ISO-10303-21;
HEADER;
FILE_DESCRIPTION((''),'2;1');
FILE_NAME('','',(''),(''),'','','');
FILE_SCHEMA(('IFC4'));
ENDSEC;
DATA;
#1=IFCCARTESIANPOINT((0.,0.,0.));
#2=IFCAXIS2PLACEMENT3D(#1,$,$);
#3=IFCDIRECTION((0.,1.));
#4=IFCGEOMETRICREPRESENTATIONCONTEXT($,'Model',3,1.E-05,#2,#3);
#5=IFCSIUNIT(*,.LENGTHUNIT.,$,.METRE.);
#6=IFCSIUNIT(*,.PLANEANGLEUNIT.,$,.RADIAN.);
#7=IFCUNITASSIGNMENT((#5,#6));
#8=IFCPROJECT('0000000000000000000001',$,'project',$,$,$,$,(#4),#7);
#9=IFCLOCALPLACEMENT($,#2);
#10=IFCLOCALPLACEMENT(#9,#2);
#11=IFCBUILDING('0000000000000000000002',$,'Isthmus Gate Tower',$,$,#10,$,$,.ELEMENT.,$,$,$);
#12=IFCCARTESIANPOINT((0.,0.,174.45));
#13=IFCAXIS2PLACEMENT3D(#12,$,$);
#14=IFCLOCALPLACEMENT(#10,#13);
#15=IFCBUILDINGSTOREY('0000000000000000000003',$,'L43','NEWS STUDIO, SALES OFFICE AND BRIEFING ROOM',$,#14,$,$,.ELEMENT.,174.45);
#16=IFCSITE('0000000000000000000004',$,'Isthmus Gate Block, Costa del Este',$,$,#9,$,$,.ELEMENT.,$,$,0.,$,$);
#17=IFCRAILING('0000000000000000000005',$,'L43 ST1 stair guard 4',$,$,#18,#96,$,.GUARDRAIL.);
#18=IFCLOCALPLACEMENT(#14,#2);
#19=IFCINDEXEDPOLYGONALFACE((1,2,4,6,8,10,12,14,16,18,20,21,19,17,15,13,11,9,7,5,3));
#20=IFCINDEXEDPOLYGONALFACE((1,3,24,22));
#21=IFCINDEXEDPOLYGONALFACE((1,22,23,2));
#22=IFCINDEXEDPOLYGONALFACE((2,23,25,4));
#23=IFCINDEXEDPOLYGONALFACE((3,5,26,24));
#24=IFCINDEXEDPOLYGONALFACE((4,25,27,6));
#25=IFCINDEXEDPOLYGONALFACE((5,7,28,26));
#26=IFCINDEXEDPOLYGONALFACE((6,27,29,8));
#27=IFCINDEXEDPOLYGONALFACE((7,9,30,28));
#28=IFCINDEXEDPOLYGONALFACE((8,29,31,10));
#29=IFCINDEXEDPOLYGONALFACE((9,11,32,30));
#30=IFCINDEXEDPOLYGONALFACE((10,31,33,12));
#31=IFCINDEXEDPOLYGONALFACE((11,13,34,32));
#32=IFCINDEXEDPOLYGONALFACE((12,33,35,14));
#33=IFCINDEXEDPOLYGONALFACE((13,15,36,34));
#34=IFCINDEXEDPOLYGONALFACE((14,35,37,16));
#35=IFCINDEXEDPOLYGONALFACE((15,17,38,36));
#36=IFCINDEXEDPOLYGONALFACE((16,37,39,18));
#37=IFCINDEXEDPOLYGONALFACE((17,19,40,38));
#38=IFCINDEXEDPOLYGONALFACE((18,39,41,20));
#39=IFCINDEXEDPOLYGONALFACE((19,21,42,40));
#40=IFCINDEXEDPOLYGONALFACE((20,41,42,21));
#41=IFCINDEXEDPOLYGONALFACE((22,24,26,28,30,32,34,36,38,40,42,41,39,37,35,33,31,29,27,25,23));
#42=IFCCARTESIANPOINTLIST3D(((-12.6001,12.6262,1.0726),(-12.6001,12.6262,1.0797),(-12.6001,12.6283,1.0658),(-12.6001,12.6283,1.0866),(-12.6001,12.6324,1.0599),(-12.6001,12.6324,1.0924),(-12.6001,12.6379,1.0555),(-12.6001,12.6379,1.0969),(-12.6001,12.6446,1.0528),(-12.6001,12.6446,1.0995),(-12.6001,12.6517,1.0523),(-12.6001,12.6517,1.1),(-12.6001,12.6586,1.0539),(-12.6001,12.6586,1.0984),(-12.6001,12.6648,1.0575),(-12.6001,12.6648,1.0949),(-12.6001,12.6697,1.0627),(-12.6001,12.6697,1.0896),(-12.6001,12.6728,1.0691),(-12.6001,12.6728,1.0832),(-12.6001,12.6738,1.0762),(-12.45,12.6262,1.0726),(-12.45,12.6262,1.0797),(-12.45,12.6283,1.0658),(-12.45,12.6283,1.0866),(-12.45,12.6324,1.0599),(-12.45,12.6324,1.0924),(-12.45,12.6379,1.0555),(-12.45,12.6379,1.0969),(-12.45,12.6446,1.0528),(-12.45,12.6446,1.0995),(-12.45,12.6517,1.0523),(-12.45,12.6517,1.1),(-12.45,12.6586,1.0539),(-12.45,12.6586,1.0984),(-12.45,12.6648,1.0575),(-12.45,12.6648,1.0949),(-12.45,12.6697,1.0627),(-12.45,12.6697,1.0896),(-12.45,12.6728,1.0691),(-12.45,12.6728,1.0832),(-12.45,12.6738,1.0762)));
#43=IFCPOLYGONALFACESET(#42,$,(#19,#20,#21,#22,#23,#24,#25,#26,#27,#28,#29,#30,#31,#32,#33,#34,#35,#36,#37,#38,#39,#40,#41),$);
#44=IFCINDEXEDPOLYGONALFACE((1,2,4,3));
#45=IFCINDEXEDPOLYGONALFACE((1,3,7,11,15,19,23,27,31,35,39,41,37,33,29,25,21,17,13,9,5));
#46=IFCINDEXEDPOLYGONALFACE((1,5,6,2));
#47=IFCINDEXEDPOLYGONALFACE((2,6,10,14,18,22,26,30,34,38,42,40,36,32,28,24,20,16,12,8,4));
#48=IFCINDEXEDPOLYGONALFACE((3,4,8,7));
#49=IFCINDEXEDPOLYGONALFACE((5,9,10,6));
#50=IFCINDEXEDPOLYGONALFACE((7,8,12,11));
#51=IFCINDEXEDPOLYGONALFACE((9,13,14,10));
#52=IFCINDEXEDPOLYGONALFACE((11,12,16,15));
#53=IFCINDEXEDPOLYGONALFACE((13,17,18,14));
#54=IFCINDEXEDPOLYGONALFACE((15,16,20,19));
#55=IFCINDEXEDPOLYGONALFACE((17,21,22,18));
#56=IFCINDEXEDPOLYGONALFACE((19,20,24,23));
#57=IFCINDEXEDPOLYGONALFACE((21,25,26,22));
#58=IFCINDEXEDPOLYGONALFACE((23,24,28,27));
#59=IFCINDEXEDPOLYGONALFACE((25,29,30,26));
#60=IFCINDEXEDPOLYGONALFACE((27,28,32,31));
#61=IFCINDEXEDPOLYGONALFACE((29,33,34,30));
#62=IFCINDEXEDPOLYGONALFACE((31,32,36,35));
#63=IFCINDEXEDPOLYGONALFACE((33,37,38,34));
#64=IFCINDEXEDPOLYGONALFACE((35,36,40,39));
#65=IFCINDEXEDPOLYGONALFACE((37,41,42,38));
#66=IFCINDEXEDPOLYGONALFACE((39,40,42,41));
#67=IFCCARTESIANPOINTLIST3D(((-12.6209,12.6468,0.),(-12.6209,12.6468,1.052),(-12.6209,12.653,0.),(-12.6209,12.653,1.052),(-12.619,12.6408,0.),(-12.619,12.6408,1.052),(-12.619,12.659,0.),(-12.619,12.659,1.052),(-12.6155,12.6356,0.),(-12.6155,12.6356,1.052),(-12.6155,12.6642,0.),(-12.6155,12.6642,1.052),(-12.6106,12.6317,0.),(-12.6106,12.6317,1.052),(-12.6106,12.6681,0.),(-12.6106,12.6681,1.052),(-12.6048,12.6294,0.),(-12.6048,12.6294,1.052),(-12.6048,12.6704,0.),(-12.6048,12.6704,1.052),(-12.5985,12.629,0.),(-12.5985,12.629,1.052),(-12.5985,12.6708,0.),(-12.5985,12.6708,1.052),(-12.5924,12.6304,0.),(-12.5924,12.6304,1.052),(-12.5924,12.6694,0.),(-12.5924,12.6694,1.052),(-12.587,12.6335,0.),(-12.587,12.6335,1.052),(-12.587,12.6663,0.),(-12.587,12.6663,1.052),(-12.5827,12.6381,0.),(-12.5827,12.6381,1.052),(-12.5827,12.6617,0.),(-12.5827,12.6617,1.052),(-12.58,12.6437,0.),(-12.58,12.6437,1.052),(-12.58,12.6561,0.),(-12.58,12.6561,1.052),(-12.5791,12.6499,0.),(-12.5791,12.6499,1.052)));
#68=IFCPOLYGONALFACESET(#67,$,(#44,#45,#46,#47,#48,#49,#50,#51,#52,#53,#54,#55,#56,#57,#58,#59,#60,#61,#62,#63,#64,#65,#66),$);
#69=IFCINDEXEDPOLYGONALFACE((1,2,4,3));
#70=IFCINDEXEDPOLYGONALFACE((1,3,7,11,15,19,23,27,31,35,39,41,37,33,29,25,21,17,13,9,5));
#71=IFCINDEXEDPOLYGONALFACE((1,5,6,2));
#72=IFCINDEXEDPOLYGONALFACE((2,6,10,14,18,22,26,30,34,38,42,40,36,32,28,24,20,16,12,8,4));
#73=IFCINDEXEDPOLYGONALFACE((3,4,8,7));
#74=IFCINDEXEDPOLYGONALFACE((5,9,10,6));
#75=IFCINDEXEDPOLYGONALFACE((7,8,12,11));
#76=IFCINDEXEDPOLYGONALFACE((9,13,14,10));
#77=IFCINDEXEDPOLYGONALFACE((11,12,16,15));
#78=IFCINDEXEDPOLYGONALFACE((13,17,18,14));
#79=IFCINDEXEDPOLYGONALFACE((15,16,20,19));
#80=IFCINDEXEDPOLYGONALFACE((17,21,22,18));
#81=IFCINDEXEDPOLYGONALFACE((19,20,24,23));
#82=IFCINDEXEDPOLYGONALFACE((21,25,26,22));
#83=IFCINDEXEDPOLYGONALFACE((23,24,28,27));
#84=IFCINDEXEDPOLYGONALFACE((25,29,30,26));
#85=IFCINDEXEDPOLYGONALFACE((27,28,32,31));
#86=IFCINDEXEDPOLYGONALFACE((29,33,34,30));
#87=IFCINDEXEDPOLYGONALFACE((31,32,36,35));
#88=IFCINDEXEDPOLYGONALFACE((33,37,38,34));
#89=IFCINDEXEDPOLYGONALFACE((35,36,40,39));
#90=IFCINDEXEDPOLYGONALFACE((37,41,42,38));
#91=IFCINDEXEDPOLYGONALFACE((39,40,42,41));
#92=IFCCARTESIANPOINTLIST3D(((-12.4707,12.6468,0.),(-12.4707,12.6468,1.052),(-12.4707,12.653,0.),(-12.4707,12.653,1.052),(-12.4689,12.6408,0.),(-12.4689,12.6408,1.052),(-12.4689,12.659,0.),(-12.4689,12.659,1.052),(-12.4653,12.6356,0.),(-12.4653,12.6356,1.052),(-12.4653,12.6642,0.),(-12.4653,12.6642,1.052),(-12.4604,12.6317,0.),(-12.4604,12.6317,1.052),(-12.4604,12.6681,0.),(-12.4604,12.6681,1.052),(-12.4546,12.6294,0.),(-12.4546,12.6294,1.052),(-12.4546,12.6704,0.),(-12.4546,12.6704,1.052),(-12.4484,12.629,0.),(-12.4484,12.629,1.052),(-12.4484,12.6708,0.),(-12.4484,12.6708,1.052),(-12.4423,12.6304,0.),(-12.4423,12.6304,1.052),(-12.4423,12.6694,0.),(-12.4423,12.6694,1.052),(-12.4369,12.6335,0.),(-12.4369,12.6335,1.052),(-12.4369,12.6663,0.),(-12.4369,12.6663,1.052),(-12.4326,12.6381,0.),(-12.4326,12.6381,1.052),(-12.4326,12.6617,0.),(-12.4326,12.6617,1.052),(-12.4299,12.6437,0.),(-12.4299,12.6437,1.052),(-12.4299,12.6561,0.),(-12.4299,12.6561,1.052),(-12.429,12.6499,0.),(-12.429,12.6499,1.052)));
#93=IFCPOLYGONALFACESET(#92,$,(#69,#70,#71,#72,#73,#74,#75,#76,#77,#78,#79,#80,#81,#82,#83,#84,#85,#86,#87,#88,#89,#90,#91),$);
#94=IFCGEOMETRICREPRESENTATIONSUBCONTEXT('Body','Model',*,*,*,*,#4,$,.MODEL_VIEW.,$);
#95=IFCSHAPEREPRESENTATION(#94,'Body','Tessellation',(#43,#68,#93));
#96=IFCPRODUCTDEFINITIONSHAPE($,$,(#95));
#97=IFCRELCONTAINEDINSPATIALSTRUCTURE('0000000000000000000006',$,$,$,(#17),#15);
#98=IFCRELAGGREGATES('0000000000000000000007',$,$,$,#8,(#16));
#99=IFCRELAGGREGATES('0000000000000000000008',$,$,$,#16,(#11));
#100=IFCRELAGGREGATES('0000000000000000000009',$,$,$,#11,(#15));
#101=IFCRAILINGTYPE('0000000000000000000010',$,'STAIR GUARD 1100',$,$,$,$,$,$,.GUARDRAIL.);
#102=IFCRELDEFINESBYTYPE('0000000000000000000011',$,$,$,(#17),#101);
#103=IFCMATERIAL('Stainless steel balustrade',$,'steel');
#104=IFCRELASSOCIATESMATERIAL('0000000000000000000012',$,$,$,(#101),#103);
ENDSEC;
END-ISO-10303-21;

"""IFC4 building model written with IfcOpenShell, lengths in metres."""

from ifc_helpers import new_model, si_unit, direction, frame, origin, origin_2d, place, context, subcontext, project, spatial, circle, extrude, material, type_object, element, save


model = new_model("IFC4")

# Units and contexts
model_context = context("Model", 3, precision=1e-05, world=origin(), true_north=direction((0.0, 1.0)))
body_context = subcontext(model_context, "Body", "Model", "MODEL_VIEW")
ifc_project = project(units=[si_unit("LENGTHUNIT", "METRE"), si_unit("PLANEANGLEUNIT", "RADIAN")], contexts=[model_context])

# Site, building, storey
site_placement = place(None, origin())
site = spatial("IfcSite", under=ifc_project, at=site_placement, Name="Isthmus Gate Block, Costa del Este", CompositionType="ELEMENT", RefElevation=0.0)
building_placement = place(site_placement, origin())
building = spatial("IfcBuilding", under=site, at=building_placement, Name="Isthmus Gate Tower", CompositionType="ELEMENT")
storey_placement = place(building_placement, frame((0.0, 0.0, 174.45)))
storey = spatial("IfcBuildingStorey", under=building, at=storey_placement, Name="L43", Description="NEWS STUDIO, SALES OFFICE AND BRIEFING ROOM", CompositionType="ELEMENT", Elevation=174.45)

# Railing
ifc_material_1 = material(Name="Stainless steel balustrade", Category="steel")
railing_type_1 = type_object("IfcRailingType", Name="STAIR GUARD 1100", PredefinedType="GUARDRAIL", material=ifc_material_1)
railing_1_placement = place(storey_placement, frame((-12.6001, 12.6499, 0.0)))
element("IfcRailing", 1, at=railing_1_placement, inside=storey, type_object=railing_type_1, Name="L43 ST1 stair guard 4", PredefinedType="GUARDRAIL", context=body_context, shape_type="SweptSolid", body=[
    extrude(circle(Radius=0.0239, at=origin_2d()), frame((0.0, 0.0, 1.0762), z_axis=(1.0, 0.0, 0.0), x_axis=(0.0, 1.0, 0.0)), (0.0, 0.0, 1.0), 0.1501),
    extrude(circle(Radius=0.021, at=origin_2d()), origin(), (0.0, 0.0, 1.0), 1.052),
    extrude(circle(Radius=0.021, at=origin_2d()), frame((0.1501, 0.0, 0.0)), (0.0, 0.0, 1.0), 1.052),
])

save(model, "model.ifc")
